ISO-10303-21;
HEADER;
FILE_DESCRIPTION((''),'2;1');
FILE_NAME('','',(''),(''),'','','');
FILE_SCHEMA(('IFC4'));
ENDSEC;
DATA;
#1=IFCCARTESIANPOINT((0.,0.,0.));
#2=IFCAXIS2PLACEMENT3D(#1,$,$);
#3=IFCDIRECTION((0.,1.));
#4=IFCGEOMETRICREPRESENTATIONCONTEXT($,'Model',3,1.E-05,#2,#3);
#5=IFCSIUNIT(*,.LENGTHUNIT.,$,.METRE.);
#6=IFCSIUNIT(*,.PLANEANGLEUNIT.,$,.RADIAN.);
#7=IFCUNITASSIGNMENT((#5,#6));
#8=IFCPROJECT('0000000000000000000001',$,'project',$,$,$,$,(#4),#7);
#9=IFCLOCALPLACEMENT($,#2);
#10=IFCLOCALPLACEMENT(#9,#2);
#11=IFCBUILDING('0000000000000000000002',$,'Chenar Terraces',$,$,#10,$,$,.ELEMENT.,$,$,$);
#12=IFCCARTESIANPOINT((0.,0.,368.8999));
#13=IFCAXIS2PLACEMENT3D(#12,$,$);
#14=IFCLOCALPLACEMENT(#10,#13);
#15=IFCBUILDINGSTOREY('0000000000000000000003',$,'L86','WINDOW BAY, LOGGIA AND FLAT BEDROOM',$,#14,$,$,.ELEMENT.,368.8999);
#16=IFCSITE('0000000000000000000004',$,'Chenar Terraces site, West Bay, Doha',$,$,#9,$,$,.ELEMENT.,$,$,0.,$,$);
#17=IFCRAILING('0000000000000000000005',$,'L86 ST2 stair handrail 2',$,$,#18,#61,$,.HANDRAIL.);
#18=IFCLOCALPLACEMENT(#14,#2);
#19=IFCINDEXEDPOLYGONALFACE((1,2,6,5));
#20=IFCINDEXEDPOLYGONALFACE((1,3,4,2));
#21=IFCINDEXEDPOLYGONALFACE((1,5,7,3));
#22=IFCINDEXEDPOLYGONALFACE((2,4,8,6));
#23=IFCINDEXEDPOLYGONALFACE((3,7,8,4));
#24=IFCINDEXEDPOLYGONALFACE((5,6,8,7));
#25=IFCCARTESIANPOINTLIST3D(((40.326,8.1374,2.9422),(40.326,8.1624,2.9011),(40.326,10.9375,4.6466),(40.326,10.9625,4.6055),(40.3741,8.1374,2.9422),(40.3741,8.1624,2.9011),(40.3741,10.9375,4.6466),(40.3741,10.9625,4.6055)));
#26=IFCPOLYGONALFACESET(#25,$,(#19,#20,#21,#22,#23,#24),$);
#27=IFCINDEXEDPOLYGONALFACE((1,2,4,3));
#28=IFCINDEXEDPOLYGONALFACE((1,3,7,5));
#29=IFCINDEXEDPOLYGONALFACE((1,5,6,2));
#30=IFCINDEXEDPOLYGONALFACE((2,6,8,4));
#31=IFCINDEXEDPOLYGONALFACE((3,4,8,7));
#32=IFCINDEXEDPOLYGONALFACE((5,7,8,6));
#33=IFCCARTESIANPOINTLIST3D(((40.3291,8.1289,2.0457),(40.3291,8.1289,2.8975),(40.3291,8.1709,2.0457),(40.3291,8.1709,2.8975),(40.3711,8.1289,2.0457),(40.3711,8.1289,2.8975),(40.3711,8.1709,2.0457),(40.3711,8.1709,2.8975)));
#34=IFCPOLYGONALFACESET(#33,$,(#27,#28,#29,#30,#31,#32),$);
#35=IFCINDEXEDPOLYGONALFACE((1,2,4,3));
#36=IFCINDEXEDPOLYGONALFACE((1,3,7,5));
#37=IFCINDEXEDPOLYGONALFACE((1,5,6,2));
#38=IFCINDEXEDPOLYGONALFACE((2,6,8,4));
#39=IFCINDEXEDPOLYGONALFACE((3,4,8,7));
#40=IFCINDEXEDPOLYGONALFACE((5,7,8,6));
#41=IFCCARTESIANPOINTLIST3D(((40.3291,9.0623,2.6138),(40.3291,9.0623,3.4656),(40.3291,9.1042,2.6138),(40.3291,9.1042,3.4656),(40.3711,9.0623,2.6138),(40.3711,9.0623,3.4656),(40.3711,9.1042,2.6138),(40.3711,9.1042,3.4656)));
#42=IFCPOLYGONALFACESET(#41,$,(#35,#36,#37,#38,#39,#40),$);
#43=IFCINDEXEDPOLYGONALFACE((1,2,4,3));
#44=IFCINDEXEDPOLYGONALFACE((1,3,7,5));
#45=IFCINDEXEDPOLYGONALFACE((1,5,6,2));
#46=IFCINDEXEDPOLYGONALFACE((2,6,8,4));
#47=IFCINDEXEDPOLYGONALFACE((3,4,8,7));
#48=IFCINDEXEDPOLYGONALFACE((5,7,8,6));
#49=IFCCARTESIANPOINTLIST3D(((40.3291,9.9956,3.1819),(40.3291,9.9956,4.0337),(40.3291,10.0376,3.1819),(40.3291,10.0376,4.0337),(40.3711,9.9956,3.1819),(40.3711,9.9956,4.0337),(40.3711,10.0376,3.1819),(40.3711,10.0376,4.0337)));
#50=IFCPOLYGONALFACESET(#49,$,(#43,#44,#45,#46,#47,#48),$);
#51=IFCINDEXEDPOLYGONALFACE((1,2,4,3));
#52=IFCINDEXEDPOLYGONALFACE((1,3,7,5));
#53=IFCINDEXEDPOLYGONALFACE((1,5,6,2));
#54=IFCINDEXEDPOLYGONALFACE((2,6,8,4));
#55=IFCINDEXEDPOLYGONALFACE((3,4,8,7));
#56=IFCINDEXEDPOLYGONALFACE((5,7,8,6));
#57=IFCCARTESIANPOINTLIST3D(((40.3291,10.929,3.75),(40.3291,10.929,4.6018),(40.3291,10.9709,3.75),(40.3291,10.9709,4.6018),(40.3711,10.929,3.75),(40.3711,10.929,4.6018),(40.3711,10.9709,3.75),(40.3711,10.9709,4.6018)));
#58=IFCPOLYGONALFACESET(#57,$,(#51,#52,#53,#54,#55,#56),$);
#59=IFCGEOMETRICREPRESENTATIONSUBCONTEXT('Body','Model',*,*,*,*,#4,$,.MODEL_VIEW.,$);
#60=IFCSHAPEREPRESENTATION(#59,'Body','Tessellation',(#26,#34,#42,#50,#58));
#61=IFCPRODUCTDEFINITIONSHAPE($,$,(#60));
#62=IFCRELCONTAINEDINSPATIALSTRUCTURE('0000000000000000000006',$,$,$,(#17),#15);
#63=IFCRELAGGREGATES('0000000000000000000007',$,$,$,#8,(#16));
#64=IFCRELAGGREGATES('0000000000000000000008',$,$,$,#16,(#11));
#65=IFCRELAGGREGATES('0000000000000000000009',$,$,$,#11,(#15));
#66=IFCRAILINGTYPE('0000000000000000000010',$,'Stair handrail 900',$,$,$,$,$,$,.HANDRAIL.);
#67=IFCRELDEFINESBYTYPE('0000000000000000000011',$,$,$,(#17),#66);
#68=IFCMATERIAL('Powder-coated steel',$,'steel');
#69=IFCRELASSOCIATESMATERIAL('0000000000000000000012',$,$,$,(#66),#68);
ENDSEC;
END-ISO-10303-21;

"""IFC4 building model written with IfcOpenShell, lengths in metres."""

from ifc_helpers import new_model, si_unit, direction, frame, origin, origin_2d, place, context, subcontext, project, spatial, rectangle, extrude, material, type_object, element, save


model = new_model("IFC4")

# Units and contexts
model_context = context("Model", 3, precision=1e-05, world=origin(), true_north=direction((0.0, 1.0)))
body_context = subcontext(model_context, "Body", "Model", "MODEL_VIEW")
ifc_project = project(units=[si_unit("LENGTHUNIT", "METRE"), si_unit("PLANEANGLEUNIT", "RADIAN")], contexts=[model_context])

# Site, building, storey
site_placement = place(None, origin())
site = spatial("IfcSite", under=ifc_project, at=site_placement, Name="Chenar Terraces site, West Bay, Doha", CompositionType="ELEMENT", RefElevation=0.0)
building_placement = place(site_placement, origin())
building = spatial("IfcBuilding", under=site, at=building_placement, Name="Chenar Terraces", CompositionType="ELEMENT")
storey_placement = place(building_placement, frame((0.0, 0.0, 368.8999)))
storey = spatial("IfcBuildingStorey", under=building, at=storey_placement, Name="L86", Description="WINDOW BAY, LOGGIA AND FLAT BEDROOM", CompositionType="ELEMENT", Elevation=368.8999)

# Railing
ifc_material_1 = material(Name="Powder-coated steel", Category="steel")
railing_type_1 = type_object("IfcRailingType", Name="Stair handrail 900", PredefinedType="HANDRAIL", material=ifc_material_1)
railing_1_placement = place(storey_placement, frame((40.3501, 8.1499, 2.0457)))
element("IfcRailing", 1, at=railing_1_placement, inside=storey, type_object=railing_type_1, Name="L86 ST2 stair handrail 2", PredefinedType="HANDRAIL", context=body_context, shape_type="SweptSolid", body=[
    extrude(rectangle(XDim=0.0481, YDim=0.0481, at=origin_2d()), frame((0.0, 0.0, 0.876), z_axis=(0.0, 0.854203, 0.51994), x_axis=(-1.0, 0.0, 0.0)), (0.0, 0.0, 1.0), 3.2781),
    extrude(rectangle(XDim=0.042, YDim=0.042, at=origin_2d()), origin(), (0.0, 0.0, 1.0), 0.8518),
    extrude(rectangle(XDim=0.042, YDim=0.042, at=origin_2d()), frame((0.0, 0.9333, 0.5681)), (0.0, 0.0, 1.0), 0.8518),
    extrude(rectangle(XDim=0.042, YDim=0.042, at=origin_2d()), frame((0.0, 1.8667, 1.1362)), (0.0, 0.0, 1.0), 0.8518),
    extrude(rectangle(XDim=0.042, YDim=0.042, at=origin_2d()), frame((0.0, 2.8, 1.7043)), (0.0, 0.0, 1.0), 0.8518),
])

save(model, "model.ifc")
